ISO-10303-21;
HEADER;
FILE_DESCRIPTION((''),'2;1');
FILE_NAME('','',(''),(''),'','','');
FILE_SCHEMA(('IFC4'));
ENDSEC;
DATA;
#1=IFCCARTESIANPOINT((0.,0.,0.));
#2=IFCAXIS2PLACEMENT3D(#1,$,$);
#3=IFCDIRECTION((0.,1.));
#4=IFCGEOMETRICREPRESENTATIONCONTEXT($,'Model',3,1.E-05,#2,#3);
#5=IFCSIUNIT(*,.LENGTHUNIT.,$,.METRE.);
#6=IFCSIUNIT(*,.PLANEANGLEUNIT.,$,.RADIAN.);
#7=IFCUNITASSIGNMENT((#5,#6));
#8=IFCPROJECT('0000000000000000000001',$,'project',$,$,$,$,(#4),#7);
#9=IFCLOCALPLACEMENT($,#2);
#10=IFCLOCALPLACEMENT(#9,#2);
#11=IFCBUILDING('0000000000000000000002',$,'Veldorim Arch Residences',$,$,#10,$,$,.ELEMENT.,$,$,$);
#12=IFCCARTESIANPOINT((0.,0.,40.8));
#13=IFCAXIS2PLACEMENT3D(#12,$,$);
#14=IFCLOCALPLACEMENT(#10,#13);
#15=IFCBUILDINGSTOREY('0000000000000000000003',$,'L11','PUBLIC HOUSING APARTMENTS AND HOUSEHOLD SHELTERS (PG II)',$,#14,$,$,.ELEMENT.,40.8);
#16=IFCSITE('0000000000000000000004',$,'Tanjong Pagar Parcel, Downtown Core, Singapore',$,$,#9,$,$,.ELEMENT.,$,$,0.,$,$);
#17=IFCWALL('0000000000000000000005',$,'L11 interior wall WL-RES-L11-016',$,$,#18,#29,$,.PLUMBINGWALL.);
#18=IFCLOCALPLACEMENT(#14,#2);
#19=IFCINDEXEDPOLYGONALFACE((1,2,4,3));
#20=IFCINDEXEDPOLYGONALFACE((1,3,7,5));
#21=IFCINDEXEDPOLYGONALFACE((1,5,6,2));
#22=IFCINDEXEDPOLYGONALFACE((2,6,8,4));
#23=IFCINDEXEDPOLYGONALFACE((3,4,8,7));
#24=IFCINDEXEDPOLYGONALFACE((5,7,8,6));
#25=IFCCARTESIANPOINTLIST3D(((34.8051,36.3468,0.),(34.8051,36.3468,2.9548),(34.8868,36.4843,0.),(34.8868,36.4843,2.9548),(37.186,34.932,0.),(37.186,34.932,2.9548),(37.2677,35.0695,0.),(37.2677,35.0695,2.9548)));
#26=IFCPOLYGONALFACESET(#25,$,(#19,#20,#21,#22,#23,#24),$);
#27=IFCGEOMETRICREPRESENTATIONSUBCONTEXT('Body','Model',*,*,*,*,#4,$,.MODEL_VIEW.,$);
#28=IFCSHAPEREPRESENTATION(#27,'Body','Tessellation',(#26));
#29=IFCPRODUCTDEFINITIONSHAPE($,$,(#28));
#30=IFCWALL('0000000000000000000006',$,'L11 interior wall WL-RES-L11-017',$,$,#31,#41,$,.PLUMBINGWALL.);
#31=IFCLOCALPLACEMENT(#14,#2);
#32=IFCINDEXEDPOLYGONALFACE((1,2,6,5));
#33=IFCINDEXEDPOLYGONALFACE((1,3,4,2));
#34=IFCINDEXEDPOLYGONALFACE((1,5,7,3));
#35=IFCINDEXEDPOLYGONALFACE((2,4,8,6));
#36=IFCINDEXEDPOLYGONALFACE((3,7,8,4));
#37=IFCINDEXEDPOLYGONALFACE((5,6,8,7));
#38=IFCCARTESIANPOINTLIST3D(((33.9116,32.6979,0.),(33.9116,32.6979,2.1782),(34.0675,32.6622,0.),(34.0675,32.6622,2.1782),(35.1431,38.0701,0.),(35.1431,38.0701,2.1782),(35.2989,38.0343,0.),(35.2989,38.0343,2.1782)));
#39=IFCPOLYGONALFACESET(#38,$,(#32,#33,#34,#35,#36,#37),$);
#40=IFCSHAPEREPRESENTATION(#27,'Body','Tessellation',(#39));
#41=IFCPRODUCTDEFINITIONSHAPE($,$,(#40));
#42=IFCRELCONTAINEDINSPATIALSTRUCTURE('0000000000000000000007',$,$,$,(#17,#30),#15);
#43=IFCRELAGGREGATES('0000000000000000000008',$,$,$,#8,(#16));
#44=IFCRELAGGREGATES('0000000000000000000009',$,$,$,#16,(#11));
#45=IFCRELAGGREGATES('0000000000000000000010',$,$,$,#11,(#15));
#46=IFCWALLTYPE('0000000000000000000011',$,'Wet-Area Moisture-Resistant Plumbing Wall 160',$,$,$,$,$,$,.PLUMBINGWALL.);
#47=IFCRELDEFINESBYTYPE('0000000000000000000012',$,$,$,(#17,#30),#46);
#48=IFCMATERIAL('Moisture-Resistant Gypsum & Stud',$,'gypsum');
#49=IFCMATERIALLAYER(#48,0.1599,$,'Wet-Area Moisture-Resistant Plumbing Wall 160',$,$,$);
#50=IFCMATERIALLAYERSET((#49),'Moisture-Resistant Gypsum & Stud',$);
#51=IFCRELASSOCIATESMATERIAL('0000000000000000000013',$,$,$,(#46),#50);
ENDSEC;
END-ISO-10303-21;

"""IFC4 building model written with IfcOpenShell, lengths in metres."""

from ifc_helpers import new_model, si_unit, direction, frame, frame_2d, origin, place, context, subcontext, project, spatial, rectangle, extrude, material, layer, layer_set, type_object, element, save


model = new_model("IFC4")

# Units and contexts
model_context = context("Model", 3, precision=1e-05, world=origin(), true_north=direction((0.0, 1.0)))
body_context = subcontext(model_context, "Body", "Model", "MODEL_VIEW")
ifc_project = project(units=[si_unit("LENGTHUNIT", "METRE"), si_unit("PLANEANGLEUNIT", "RADIAN")], contexts=[model_context])

# Site, building, storey
site_placement = place(None, origin())
site = spatial("IfcSite", under=ifc_project, at=site_placement, Name="Tanjong Pagar Parcel, Downtown Core, Singapore", CompositionType="ELEMENT", RefElevation=0.0)
building_placement = place(site_placement, origin())
building = spatial("IfcBuilding", under=site, at=building_placement, Name="Veldorim Arch Residences", CompositionType="ELEMENT")
storey_placement = place(building_placement, frame((0.0, 0.0, 40.8)))
storey = spatial("IfcBuildingStorey", under=building, at=storey_placement, Name="L11", Description="PUBLIC HOUSING APARTMENTS AND HOUSEHOLD SHELTERS (PG II)", CompositionType="ELEMENT", Elevation=40.8)

# Shared definitions
ifc_material_1 = material(Name="Moisture-Resistant Gypsum & Stud", Category="gypsum")
ifc_layer_1 = layer(ifc_material_1, 0.1599, Name="Wet-Area Moisture-Resistant Plumbing Wall 160")
ifc_layer_set_1 = layer_set([ifc_layer_1], Name="Moisture-Resistant Gypsum & Stud")
wall_type_1 = type_object("IfcWallType", Name="Wet-Area Moisture-Resistant Plumbing Wall 160", PredefinedType="PLUMBINGWALL", material=ifc_layer_set_1)

# Walls
wall_1_placement = place(storey_placement, frame((37.2268, 35.0007, 0.0), z_axis=(0.0, 0.0, 1.0), x_axis=(-0.859671, 0.510848, 0.0)))
element("IfcWall", 1, at=wall_1_placement, inside=storey, type_object=wall_type_1, Name="L11 interior wall WL-RES-L11-016", PredefinedType="PLUMBINGWALL", context=body_context, shape_type="SweptSolid", body=[
    extrude(rectangle(XDim=2.7695, YDim=0.1599, at=frame_2d((1.3848, 0.0))), origin(), (0.0, 0.0, 1.0), 2.9548),
])
wall_2_placement = place(storey_placement, frame((33.9895, 32.6799, 0.0), z_axis=(0.0, 0.0, 1.0), x_axis=(0.223436, 0.974719, 0.0)))
element("IfcWall", 2, at=wall_2_placement, inside=storey, type_object=wall_type_1, Name="L11 interior wall WL-RES-L11-017", PredefinedType="PLUMBINGWALL", context=body_context, shape_type="SweptSolid", body=[
    extrude(rectangle(XDim=5.5115, YDim=0.1599, at=frame_2d((2.7559, 0.0))), origin(), (0.0, 0.0, 1.0), 2.1782),
])

save(model, "model.ifc")
